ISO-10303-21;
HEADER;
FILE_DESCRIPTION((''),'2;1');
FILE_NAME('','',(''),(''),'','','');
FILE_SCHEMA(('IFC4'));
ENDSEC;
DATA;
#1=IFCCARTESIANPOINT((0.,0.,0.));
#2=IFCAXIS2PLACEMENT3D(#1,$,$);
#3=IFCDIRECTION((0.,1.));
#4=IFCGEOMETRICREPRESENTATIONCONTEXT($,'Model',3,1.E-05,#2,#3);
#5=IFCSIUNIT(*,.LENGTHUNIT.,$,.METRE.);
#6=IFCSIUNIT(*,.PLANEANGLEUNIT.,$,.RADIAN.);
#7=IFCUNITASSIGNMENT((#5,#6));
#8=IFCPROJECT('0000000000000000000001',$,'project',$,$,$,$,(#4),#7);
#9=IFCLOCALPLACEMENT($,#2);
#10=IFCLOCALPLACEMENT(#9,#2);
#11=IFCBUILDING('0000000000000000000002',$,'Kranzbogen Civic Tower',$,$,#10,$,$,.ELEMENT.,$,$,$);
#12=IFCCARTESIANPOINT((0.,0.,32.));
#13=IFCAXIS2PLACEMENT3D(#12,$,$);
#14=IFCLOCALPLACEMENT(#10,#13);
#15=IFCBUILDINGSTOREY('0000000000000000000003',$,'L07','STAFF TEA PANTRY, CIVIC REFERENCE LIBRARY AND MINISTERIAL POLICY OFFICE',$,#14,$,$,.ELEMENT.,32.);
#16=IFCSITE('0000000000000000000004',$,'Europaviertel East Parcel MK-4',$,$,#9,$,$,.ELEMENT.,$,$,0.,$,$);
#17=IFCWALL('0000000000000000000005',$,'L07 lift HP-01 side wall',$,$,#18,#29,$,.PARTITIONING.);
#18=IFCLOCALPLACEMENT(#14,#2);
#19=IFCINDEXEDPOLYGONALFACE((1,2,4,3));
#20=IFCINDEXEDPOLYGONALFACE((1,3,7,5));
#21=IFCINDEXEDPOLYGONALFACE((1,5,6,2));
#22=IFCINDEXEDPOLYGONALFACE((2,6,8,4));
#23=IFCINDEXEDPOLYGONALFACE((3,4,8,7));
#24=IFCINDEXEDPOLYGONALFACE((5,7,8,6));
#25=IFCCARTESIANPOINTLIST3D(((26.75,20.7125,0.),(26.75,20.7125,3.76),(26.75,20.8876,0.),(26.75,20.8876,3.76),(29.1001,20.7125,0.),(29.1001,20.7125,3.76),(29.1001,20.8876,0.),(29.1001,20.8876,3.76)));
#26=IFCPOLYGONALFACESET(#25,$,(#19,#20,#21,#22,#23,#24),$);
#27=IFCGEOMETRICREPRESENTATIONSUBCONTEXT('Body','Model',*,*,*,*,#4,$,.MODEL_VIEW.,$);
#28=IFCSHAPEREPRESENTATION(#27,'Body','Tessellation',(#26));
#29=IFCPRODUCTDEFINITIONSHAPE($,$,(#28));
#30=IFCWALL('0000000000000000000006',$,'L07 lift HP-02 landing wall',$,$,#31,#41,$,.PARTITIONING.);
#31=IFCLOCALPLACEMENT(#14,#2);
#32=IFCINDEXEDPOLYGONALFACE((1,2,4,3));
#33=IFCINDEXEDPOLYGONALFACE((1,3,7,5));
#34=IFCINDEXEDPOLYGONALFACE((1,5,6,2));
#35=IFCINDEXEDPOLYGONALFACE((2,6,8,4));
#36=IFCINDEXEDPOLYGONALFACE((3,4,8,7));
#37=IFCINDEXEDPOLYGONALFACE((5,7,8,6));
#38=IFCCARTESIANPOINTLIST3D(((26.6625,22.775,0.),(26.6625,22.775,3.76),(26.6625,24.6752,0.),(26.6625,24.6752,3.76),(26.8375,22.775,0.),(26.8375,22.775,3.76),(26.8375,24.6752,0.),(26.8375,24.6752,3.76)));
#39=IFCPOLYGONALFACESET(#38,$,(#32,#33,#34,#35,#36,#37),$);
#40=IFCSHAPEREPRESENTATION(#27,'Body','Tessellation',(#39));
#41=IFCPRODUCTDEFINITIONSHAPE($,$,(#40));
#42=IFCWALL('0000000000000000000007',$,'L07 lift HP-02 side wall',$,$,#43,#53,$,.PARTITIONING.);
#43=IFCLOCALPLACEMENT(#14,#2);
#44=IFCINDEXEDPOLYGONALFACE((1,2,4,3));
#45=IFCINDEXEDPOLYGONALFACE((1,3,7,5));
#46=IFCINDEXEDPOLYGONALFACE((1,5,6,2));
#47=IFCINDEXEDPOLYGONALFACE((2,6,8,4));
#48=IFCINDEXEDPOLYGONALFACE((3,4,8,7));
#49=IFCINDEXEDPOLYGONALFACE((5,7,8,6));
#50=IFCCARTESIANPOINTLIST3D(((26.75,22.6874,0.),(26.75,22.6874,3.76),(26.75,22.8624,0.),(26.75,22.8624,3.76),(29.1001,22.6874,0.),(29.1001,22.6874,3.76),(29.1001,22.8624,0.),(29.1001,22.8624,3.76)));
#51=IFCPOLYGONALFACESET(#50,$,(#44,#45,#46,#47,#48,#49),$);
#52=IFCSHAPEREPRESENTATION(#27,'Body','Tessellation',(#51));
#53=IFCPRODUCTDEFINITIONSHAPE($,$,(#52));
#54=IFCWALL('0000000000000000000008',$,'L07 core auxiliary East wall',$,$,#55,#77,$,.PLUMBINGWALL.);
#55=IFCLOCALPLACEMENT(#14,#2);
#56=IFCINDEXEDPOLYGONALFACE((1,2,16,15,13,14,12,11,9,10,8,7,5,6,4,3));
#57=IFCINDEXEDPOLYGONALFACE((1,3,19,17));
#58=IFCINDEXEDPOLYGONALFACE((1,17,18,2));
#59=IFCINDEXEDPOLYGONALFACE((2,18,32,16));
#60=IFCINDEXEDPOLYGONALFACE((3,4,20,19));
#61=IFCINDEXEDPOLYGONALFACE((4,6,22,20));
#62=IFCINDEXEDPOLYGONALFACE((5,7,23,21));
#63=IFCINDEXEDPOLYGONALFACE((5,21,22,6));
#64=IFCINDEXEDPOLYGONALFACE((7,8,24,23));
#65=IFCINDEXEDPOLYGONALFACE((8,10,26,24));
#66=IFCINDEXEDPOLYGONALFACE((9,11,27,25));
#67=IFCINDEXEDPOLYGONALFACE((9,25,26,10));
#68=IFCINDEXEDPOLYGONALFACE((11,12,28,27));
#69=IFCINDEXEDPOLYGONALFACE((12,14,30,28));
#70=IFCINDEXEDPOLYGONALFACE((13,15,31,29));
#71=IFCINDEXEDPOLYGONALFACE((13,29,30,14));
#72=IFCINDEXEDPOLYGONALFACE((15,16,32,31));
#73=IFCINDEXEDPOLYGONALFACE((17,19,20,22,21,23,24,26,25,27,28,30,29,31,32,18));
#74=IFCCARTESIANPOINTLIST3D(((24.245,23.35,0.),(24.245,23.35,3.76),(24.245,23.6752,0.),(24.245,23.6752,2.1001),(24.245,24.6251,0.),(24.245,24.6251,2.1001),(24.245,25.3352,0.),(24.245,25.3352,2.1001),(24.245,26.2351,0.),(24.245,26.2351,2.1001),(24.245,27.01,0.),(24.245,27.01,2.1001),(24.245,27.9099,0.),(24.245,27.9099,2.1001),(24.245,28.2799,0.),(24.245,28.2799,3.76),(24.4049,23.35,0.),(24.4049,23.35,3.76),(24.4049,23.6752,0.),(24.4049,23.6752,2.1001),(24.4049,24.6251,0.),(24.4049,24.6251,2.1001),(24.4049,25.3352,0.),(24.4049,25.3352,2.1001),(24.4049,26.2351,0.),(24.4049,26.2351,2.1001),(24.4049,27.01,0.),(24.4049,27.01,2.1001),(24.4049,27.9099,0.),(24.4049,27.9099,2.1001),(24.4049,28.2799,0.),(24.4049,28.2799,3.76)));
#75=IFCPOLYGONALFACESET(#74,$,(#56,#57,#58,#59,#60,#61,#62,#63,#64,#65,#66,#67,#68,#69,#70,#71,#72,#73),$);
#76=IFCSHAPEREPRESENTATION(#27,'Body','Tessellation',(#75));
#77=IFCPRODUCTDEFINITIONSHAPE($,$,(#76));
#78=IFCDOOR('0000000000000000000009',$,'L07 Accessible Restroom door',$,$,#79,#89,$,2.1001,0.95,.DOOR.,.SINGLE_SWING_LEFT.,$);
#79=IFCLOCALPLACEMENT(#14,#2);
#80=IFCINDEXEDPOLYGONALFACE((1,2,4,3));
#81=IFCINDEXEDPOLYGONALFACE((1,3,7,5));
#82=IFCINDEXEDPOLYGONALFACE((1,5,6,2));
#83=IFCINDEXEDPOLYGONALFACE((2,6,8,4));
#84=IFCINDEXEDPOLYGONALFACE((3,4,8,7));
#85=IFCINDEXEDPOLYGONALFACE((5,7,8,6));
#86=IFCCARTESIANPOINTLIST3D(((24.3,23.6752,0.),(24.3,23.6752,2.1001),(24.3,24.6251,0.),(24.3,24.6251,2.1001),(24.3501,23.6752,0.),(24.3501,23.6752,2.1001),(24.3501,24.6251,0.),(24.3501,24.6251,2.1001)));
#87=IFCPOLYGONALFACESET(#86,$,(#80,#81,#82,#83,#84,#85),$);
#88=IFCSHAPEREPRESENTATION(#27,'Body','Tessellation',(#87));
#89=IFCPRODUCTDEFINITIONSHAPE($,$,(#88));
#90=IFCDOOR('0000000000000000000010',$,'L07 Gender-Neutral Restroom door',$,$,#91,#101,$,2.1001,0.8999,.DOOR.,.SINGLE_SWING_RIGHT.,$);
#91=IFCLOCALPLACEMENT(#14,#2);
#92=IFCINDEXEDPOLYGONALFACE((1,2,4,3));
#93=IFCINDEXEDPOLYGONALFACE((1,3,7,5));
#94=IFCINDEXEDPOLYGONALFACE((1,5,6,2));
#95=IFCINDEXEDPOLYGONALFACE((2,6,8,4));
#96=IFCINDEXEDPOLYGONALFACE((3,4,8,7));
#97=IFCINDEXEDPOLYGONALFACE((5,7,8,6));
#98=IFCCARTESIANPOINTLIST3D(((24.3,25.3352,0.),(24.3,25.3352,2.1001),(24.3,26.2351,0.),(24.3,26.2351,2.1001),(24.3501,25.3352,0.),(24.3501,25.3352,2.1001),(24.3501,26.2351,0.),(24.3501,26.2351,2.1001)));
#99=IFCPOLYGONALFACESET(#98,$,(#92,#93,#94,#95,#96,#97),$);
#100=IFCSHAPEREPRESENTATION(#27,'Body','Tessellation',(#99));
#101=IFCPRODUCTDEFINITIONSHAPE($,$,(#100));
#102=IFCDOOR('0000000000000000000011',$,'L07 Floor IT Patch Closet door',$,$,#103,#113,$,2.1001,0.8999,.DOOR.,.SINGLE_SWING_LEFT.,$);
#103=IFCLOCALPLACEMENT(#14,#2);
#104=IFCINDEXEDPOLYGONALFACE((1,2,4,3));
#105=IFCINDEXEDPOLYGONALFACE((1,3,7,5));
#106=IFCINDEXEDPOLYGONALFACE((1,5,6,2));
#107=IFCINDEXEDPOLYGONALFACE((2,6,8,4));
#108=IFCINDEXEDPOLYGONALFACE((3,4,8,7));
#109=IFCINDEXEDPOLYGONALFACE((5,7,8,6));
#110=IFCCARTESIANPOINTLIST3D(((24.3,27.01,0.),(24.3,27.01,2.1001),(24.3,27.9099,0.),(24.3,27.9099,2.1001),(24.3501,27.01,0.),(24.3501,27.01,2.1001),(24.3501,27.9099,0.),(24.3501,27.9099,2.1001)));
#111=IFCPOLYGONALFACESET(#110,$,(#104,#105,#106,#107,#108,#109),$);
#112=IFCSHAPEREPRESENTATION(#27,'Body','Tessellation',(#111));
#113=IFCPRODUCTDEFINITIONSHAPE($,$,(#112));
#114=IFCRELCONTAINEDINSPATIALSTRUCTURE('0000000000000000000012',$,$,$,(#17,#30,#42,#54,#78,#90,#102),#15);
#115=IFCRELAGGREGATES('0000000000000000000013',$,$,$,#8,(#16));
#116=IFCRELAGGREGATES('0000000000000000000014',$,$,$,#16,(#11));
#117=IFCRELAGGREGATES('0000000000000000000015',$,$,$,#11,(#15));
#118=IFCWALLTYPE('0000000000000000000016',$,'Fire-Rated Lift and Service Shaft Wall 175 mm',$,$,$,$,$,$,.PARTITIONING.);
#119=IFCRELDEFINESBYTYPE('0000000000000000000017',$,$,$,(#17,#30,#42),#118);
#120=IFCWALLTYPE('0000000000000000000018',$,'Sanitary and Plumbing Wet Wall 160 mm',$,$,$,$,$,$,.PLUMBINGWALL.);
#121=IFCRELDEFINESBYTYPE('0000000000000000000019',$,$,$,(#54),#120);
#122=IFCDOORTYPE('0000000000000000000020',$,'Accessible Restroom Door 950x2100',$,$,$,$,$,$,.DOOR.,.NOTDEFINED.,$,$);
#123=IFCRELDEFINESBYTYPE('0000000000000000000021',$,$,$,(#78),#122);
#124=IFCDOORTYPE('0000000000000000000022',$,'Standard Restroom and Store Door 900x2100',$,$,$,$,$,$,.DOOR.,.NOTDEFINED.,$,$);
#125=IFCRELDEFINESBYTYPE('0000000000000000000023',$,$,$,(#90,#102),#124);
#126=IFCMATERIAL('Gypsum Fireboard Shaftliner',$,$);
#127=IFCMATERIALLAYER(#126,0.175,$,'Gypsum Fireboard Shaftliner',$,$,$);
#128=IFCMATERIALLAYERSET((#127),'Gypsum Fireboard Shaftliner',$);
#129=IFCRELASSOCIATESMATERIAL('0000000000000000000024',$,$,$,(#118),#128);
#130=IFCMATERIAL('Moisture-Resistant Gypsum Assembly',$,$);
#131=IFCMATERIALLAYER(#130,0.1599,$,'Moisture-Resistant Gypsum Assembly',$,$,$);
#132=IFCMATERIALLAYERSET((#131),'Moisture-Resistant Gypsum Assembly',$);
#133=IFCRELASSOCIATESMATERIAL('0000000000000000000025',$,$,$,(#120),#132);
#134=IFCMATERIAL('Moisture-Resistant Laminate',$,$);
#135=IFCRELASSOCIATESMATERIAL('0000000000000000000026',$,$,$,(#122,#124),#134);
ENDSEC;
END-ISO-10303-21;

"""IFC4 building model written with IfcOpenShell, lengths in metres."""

from ifc_helpers import new_model, si_unit, direction, frame, frame_2d, origin, place, context, subcontext, project, spatial, rectangle, extrude, material, layer, layer_set, type_object, element, fill, save


model = new_model("IFC4")

# Units and contexts
model_context = context("Model", 3, precision=1e-05, world=origin(), true_north=direction((0.0, 1.0)))
body_context = subcontext(model_context, "Body", "Model", "MODEL_VIEW")
ifc_project = project(units=[si_unit("LENGTHUNIT", "METRE"), si_unit("PLANEANGLEUNIT", "RADIAN")], contexts=[model_context])

# Site, building, storey
site_placement = place(None, origin())
site = spatial("IfcSite", under=ifc_project, at=site_placement, Name="Europaviertel East Parcel MK-4", CompositionType="ELEMENT", RefElevation=0.0)
building_placement = place(site_placement, origin())
building = spatial("IfcBuilding", under=site, at=building_placement, Name="Kranzbogen Civic Tower", CompositionType="ELEMENT")
storey_placement = place(building_placement, frame((0.0, 0.0, 32.0)))
storey = spatial("IfcBuildingStorey", under=building, at=storey_placement, Name="L07", Description="STAFF TEA PANTRY, CIVIC REFERENCE LIBRARY AND MINISTERIAL POLICY OFFICE", CompositionType="ELEMENT", Elevation=32.0)

# Walls
ifc_material_1 = material(Name="Gypsum Fireboard Shaftliner")
ifc_layer_1 = layer(ifc_material_1, 0.175, Name="Gypsum Fireboard Shaftliner")
ifc_layer_set_1 = layer_set([ifc_layer_1], Name="Gypsum Fireboard Shaftliner")
wall_type_1 = type_object("IfcWallType", Name="Fire-Rated Lift and Service Shaft Wall 175 mm", PredefinedType="PARTITIONING", material=ifc_layer_set_1)
wall_1_placement = place(storey_placement, frame((26.75, 20.8, 0.0), z_axis=(0.0, 0.0, 1.0), x_axis=(1.0, 0.0, 0.0)))
element("IfcWall", 1, at=wall_1_placement, inside=storey, type_object=wall_type_1, Name="L07 lift HP-01 side wall", PredefinedType="PARTITIONING", context=body_context, shape_type="SweptSolid", body=[
    extrude(rectangle(XDim=2.3501, YDim=0.175, at=frame_2d((1.175, 0.0))), origin(), (0.0, 0.0, 1.0), 3.76),
])
wall_2_placement = place(storey_placement, frame((26.75, 22.7749, 0.0), z_axis=(0.0, 0.0, 1.0), x_axis=(0.0, 1.0, 0.0)))
element("IfcWall", 2, at=wall_2_placement, inside=storey, type_object=wall_type_1, Name="L07 lift HP-02 landing wall", PredefinedType="PARTITIONING", context=body_context, shape_type="SweptSolid", body=[
    extrude(rectangle(XDim=1.9001, YDim=0.175, at=frame_2d((0.9502, 0.0))), origin(), (0.0, 0.0, 1.0), 3.76),
])
wall_3_placement = place(storey_placement, frame((26.75, 22.7749, 0.0), z_axis=(0.0, 0.0, 1.0), x_axis=(1.0, 0.0, 0.0)))
element("IfcWall", 3, at=wall_3_placement, inside=storey, type_object=wall_type_1, Name="L07 lift HP-02 side wall", PredefinedType="PARTITIONING", context=body_context, shape_type="SweptSolid", body=[
    extrude(rectangle(XDim=2.3501, YDim=0.175, at=frame_2d((1.175, 0.0))), origin(), (0.0, 0.0, 1.0), 3.76),
])

# Wall, openings, doors
ifc_material_2 = material(Name="Moisture-Resistant Gypsum Assembly")
ifc_layer_2 = layer(ifc_material_2, 0.1599, Name="Moisture-Resistant Gypsum Assembly")
ifc_layer_set_2 = layer_set([ifc_layer_2], Name="Moisture-Resistant Gypsum Assembly")
wall_type_2 = type_object("IfcWallType", Name="Sanitary and Plumbing Wet Wall 160 mm", PredefinedType="PLUMBINGWALL", material=ifc_layer_set_2)
wall_4_placement = place(storey_placement, frame((24.325, 23.3501, 0.0), z_axis=(0.0, 0.0, 1.0), x_axis=(0.0, 1.0, 0.0)))
wall_4 = element("IfcWall", 4, at=wall_4_placement, inside=storey, type_object=wall_type_2, Name="L07 core auxiliary East wall", PredefinedType="PLUMBINGWALL", context=body_context, shape_type="SweptSolid", body=[
    extrude(rectangle(XDim=4.9299, YDim=0.1599, at=frame_2d((2.4648, 0.0))), origin(), (0.0, 0.0, 1.0), 3.76),
])
opening_1_placement = place(wall_4_placement, frame((0.325, 0.0, 0.0)))
opening_1 = element("IfcOpeningElement", 5, at=opening_1_placement, cuts=wall_4, PredefinedType="OPENING", context=body_context, shape_type="SweptSolid", body=[
    extrude(rectangle(XDim=0.95, YDim=2.1001, at=frame_2d((0.4751, 1.05))), frame((0.0, 0.0898, 0.0), z_axis=(0.0, -1.0, 0.0), x_axis=(1.0, 0.0, 0.0)), (0.0, 0.0, 1.0), 0.1799),
])
opening_2_placement = place(wall_4_placement, frame((1.9851, 0.0, 0.0)))
opening_2 = element("IfcOpeningElement", 6, at=opening_2_placement, cuts=wall_4, PredefinedType="OPENING", context=body_context, shape_type="SweptSolid", body=[
    extrude(rectangle(XDim=0.8999, YDim=2.1001, at=frame_2d((0.45, 1.05))), frame((0.0, 0.0898, 0.0), z_axis=(0.0, -1.0, 0.0), x_axis=(1.0, 0.0, 0.0)), (0.0, 0.0, 1.0), 0.1799),
])
opening_3_placement = place(wall_4_placement, frame((3.6599, 0.0, 0.0)))
opening_3 = element("IfcOpeningElement", 7, at=opening_3_placement, cuts=wall_4, PredefinedType="OPENING", context=body_context, shape_type="SweptSolid", body=[
    extrude(rectangle(XDim=0.8999, YDim=2.1001, at=frame_2d((0.45, 1.05))), frame((0.0, 0.0898, 0.0), z_axis=(0.0, -1.0, 0.0), x_axis=(1.0, 0.0, 0.0)), (0.0, 0.0, 1.0), 0.1799),
])
ifc_material_3 = material(Name="Moisture-Resistant Laminate")
door_type_1 = type_object("IfcDoorType", Name="Accessible Restroom Door 950x2100", OperationType="NOTDEFINED", PredefinedType="DOOR", material=ifc_material_3)
door_1_placement = place(opening_1_placement, origin())
door_1 = element("IfcDoor", 8, at=door_1_placement, inside=storey, type_object=door_type_1, Name="L07 Accessible Restroom door", OperationType="SINGLE_SWING_LEFT", OverallHeight=2.1001, OverallWidth=0.95, PredefinedType="DOOR", context=body_context, shape_type="SweptSolid", body=[
    extrude(rectangle(XDim=0.95, YDim=2.1001, at=frame_2d((0.4751, 1.05))), frame((0.0, 0.0249, 0.0), z_axis=(0.0, -1.0, 0.0), x_axis=(1.0, 0.0, 0.0)), (0.0, 0.0, 1.0), 0.05),
])
fill(opening_1, door_1)
door_type_2 = type_object("IfcDoorType", Name="Standard Restroom and Store Door 900x2100", OperationType="NOTDEFINED", PredefinedType="DOOR", material=ifc_material_3)
door_2_placement = place(opening_2_placement, origin())
door_2 = element("IfcDoor", 9, at=door_2_placement, inside=storey, type_object=door_type_2, Name="L07 Gender-Neutral Restroom door", OperationType="SINGLE_SWING_RIGHT", OverallHeight=2.1001, OverallWidth=0.8999, PredefinedType="DOOR", context=body_context, shape_type="SweptSolid", body=[
    extrude(rectangle(XDim=0.8999, YDim=2.1001, at=frame_2d((0.45, 1.05))), frame((0.0, 0.0249, 0.0), z_axis=(0.0, -1.0, 0.0), x_axis=(1.0, 0.0, 0.0)), (0.0, 0.0, 1.0), 0.05),
])
fill(opening_2, door_2)
door_3_placement = place(opening_3_placement, origin())
door_3 = element("IfcDoor", 10, at=door_3_placement, inside=storey, type_object=door_type_2, Name="L07 Floor IT Patch Closet door", OperationType="SINGLE_SWING_LEFT", OverallHeight=2.1001, OverallWidth=0.8999, PredefinedType="DOOR", context=body_context, shape_type="SweptSolid", body=[
    extrude(rectangle(XDim=0.8999, YDim=2.1001, at=frame_2d((0.45, 1.05))), frame((0.0, 0.0249, 0.0), z_axis=(0.0, -1.0, 0.0), x_axis=(1.0, 0.0, 0.0)), (0.0, 0.0, 1.0), 0.05),
])
fill(opening_3, door_3)

save(model, "model.ifc")
